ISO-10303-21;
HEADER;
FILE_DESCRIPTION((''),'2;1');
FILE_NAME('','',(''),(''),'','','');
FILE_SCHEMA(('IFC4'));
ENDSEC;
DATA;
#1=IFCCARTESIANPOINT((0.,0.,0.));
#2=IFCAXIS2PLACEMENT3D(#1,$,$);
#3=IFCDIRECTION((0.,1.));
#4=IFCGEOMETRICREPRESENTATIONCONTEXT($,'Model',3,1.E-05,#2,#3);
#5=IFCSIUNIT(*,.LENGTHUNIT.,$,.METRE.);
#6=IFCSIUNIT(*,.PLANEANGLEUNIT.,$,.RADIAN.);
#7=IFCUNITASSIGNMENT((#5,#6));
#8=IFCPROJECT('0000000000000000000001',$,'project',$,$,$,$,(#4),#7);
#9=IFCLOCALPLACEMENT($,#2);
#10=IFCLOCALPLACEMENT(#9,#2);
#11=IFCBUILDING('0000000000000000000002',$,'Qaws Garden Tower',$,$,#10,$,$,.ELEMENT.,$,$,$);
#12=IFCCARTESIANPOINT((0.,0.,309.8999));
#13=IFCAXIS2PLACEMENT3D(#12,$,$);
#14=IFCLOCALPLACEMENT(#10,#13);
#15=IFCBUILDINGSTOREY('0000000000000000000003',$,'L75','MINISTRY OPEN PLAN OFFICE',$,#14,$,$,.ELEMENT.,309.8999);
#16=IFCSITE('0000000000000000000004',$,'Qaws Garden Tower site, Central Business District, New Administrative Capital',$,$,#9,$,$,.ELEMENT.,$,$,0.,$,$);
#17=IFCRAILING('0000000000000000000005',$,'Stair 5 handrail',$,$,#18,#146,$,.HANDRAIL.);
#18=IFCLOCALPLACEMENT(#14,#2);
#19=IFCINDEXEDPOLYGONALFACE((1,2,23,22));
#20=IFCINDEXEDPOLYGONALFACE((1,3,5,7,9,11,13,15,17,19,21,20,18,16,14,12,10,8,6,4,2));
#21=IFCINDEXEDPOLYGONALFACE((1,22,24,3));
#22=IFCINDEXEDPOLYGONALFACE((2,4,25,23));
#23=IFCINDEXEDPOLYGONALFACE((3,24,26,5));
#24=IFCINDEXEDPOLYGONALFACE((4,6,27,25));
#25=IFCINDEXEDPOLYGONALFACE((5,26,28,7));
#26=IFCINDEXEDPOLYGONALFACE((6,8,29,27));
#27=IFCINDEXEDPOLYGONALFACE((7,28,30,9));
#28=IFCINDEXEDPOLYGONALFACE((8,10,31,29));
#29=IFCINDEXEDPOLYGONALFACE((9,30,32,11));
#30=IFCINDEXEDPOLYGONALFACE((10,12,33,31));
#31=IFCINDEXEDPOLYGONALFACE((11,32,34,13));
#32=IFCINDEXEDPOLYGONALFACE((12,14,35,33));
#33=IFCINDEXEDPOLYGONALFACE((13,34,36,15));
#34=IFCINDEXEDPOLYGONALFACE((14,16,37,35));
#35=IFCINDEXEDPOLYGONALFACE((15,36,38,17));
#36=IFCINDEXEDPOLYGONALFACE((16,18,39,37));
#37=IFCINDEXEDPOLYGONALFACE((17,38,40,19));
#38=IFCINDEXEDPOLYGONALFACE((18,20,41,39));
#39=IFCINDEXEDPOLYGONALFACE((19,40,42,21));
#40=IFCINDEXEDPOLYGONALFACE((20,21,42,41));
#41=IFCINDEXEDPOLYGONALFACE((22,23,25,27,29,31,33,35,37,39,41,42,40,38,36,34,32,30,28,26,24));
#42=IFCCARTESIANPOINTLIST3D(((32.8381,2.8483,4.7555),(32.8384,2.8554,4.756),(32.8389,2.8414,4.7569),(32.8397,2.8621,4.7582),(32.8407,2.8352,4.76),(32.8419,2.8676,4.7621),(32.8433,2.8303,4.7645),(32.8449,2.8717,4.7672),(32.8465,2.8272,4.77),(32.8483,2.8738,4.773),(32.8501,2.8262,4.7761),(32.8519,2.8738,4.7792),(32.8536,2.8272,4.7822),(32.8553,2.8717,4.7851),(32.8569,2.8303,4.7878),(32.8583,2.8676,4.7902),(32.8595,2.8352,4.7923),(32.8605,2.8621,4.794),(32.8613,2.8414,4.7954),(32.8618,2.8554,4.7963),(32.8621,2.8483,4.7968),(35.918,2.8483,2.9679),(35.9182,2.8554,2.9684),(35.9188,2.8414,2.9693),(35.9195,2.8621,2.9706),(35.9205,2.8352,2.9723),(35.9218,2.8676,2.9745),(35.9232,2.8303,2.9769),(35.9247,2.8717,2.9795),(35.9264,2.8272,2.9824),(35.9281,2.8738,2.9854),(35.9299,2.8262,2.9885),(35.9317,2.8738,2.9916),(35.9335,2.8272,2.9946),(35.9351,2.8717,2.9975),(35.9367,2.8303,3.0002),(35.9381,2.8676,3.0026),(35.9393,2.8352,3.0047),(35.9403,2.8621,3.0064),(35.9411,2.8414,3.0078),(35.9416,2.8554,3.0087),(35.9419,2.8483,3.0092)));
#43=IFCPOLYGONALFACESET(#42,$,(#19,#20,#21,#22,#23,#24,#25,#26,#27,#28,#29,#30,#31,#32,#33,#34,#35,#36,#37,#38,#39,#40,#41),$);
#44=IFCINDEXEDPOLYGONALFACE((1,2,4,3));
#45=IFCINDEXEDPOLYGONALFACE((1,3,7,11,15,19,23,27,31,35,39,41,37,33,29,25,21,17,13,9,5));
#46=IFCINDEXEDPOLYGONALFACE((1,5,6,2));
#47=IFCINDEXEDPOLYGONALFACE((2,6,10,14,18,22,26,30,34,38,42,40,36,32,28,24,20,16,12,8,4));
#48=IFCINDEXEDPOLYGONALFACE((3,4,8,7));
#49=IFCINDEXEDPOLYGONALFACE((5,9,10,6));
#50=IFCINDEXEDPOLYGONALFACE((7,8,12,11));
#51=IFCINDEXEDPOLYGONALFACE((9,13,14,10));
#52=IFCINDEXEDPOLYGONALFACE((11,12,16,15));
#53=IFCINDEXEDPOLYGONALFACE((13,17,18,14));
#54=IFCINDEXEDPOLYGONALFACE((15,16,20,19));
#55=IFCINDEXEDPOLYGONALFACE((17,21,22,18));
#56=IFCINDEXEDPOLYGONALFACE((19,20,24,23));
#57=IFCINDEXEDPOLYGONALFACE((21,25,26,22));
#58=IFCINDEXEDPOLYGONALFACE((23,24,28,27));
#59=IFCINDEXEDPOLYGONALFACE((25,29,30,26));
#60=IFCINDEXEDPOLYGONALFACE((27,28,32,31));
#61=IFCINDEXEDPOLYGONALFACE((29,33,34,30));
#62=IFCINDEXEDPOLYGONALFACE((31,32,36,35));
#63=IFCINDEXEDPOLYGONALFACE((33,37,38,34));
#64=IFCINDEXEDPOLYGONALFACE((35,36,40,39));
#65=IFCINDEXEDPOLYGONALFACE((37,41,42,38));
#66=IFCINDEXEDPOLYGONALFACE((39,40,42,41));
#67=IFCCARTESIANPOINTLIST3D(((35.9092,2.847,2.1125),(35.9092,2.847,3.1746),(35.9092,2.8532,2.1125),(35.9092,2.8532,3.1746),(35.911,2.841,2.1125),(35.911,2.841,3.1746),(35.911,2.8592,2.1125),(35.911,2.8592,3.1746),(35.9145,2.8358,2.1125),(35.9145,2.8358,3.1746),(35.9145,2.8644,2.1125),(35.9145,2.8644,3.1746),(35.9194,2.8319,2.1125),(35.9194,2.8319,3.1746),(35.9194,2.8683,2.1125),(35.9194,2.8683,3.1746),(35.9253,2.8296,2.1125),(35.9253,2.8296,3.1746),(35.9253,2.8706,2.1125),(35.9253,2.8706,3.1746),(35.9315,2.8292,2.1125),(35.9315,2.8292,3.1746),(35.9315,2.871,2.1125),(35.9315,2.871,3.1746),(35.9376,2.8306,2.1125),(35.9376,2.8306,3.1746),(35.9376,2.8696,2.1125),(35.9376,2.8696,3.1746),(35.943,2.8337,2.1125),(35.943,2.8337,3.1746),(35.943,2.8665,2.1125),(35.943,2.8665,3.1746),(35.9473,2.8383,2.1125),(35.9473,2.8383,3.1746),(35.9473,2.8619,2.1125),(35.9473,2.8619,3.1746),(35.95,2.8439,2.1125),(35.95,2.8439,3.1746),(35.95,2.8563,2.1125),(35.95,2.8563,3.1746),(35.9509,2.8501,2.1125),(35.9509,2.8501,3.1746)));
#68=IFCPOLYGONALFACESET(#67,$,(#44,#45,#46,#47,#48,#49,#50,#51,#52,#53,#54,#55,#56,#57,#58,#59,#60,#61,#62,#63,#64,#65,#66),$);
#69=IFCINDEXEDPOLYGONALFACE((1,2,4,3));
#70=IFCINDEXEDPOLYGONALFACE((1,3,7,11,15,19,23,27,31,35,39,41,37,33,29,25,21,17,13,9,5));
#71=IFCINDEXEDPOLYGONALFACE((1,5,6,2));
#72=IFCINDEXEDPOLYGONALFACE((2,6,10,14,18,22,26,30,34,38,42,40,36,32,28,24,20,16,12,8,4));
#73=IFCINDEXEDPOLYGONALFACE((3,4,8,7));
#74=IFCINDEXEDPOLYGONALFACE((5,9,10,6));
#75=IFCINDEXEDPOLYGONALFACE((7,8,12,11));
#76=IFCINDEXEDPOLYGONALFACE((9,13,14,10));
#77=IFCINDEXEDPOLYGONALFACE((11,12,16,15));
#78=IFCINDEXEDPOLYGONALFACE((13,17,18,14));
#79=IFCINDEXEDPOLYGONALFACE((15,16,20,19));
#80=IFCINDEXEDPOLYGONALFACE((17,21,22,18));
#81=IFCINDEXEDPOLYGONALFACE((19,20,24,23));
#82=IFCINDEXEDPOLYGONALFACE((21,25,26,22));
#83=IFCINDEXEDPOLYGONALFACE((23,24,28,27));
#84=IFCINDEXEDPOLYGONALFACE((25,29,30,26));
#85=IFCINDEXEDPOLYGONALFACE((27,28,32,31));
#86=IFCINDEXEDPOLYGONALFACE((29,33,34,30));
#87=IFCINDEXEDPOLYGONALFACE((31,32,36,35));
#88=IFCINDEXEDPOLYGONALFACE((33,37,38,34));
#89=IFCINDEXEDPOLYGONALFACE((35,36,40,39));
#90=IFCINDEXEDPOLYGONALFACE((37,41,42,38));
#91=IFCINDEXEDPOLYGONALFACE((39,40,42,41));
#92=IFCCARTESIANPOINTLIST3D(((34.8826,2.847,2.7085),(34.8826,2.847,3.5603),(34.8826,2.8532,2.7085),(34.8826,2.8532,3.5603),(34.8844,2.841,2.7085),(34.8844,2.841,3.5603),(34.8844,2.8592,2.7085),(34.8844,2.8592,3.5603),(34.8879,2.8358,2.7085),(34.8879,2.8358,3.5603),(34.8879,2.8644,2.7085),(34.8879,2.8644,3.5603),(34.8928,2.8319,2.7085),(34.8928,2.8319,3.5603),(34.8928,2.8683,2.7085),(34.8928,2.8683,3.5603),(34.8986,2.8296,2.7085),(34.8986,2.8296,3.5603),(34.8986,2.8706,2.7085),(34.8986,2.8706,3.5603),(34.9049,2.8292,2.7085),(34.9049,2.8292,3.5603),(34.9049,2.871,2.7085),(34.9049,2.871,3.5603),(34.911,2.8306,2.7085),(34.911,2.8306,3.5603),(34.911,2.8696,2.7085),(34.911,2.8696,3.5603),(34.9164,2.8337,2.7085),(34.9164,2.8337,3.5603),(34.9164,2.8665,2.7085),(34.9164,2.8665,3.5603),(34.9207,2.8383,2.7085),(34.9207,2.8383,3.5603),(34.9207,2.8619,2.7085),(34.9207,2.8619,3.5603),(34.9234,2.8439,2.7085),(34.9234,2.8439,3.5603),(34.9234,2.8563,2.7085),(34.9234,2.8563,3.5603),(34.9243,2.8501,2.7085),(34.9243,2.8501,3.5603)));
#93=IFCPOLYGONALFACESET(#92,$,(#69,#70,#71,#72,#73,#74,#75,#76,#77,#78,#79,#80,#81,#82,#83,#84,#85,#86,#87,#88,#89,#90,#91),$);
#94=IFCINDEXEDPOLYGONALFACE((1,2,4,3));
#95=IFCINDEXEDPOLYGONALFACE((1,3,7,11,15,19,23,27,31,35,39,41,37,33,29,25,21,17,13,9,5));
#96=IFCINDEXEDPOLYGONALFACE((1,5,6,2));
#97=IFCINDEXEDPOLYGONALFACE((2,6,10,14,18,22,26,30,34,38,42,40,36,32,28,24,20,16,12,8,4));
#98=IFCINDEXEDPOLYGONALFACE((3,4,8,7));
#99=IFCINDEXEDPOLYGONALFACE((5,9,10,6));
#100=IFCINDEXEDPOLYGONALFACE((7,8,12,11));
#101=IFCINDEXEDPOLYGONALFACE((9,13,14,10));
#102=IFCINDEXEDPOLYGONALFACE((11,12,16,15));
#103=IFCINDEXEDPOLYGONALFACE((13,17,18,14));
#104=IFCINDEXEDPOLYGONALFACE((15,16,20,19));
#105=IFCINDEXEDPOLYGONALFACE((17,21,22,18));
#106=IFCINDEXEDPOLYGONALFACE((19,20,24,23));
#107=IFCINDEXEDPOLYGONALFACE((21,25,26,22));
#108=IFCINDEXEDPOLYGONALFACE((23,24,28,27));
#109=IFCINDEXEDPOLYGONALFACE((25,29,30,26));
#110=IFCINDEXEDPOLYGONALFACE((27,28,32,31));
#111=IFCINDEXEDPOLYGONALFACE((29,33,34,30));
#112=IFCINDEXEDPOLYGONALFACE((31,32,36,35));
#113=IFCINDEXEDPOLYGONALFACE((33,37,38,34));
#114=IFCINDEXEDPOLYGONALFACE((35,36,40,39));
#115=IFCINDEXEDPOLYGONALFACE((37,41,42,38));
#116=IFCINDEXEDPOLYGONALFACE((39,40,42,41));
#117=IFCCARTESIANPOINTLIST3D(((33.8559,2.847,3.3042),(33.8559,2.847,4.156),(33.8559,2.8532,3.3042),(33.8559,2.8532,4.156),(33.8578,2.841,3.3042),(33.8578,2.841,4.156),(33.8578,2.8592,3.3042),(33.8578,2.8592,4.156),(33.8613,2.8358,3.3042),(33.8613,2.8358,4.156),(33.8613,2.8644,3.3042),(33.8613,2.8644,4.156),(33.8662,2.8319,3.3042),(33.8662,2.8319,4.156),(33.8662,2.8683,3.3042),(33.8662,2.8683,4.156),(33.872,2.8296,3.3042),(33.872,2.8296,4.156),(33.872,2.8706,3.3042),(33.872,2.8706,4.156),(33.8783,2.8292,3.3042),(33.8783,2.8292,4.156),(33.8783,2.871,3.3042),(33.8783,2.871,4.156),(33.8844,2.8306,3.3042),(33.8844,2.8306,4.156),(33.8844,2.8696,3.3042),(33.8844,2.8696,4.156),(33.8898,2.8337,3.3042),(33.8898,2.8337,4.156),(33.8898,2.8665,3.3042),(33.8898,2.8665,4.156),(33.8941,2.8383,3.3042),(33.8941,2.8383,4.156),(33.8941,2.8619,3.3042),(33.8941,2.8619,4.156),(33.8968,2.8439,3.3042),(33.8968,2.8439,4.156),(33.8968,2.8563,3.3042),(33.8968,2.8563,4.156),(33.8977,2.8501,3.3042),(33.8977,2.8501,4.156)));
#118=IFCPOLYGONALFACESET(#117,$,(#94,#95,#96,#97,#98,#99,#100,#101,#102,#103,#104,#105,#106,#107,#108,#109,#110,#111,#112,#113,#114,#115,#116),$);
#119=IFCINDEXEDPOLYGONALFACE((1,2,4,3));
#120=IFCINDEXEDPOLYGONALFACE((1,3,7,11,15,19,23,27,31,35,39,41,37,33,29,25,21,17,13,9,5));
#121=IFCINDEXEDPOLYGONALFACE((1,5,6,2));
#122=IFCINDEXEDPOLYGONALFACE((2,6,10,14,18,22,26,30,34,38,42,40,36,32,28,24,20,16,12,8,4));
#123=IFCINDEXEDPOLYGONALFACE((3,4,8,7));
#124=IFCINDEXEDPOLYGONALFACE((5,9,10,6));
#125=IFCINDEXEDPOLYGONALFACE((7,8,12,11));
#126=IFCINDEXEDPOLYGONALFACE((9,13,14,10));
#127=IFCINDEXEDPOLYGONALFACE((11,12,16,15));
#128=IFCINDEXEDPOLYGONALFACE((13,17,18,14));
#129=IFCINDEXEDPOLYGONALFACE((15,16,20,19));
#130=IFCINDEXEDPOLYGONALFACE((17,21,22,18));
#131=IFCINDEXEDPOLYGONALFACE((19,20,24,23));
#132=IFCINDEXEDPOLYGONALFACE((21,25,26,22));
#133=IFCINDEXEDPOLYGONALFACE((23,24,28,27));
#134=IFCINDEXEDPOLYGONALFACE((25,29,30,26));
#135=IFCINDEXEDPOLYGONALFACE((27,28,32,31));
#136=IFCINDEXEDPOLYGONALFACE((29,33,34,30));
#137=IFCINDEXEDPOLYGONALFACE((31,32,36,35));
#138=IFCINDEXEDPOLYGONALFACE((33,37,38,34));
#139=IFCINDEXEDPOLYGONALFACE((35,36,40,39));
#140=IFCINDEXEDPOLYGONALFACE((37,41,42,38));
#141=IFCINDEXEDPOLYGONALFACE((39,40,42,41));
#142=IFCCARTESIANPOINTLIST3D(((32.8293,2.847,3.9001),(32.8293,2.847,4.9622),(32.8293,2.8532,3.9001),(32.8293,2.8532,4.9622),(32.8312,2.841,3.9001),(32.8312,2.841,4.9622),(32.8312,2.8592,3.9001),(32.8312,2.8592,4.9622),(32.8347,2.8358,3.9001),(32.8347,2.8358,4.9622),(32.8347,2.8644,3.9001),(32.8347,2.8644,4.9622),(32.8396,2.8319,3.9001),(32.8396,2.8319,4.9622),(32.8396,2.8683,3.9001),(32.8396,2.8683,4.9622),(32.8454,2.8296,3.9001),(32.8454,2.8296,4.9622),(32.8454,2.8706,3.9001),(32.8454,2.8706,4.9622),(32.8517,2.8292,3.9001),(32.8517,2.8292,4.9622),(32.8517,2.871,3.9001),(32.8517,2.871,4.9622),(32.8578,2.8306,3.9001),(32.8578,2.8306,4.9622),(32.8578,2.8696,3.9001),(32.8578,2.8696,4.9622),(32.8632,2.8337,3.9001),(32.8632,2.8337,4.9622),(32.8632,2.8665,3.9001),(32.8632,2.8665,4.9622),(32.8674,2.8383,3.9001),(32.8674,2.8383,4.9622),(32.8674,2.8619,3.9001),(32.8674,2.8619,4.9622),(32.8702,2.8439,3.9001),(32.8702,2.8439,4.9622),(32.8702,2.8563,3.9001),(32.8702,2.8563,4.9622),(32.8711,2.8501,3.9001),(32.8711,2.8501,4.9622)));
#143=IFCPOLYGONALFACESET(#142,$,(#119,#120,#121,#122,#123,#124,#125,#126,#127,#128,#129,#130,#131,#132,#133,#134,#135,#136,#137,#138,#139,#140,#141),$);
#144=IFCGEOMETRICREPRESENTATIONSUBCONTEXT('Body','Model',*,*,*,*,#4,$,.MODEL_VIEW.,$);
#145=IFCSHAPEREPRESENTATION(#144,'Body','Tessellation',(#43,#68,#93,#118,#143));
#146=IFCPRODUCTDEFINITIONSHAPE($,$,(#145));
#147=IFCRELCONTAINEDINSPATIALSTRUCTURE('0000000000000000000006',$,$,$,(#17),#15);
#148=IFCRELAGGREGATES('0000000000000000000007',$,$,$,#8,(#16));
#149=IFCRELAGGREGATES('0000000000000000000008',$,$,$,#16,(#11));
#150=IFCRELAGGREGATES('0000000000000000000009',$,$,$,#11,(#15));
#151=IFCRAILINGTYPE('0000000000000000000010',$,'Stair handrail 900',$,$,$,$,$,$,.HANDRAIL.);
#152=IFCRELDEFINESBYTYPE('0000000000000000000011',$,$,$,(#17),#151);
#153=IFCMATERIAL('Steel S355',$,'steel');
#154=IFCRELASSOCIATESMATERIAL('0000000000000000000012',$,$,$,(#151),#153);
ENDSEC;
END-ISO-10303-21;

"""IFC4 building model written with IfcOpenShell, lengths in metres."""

from ifc_helpers import new_model, si_unit, direction, frame, origin, origin_2d, place, context, subcontext, project, spatial, circle, extrude, material, type_object, element, save


model = new_model("IFC4")

# Units and contexts
model_context = context("Model", 3, precision=1e-05, world=origin(), true_north=direction((0.0, 1.0)))
body_context = subcontext(model_context, "Body", "Model", "MODEL_VIEW")
ifc_project = project(units=[si_unit("LENGTHUNIT", "METRE"), si_unit("PLANEANGLEUNIT", "RADIAN")], contexts=[model_context])

# Site, building, storey
site_placement = place(None, origin())
site = spatial("IfcSite", under=ifc_project, at=site_placement, Name="Qaws Garden Tower site, Central Business District, New Administrative Capital", CompositionType="ELEMENT", RefElevation=0.0)
building_placement = place(site_placement, origin())
building = spatial("IfcBuilding", under=site, at=building_placement, Name="Qaws Garden Tower", CompositionType="ELEMENT")
storey_placement = place(building_placement, frame((0.0, 0.0, 309.8999)))
storey = spatial("IfcBuildingStorey", under=building, at=storey_placement, Name="L75", Description="MINISTRY OPEN PLAN OFFICE", CompositionType="ELEMENT", Elevation=309.8999)

# Railing
ifc_material_1 = material(Name="Steel S355", Category="steel")
railing_type = type_object("IfcRailingType", Name="Stair handrail 900", PredefinedType="HANDRAIL", material=ifc_material_1)
railing_1_placement = place(storey_placement, frame((35.9299, 2.8501, 2.1125)))
element("IfcRailing", 1, at=railing_1_placement, inside=storey, type_object=railing_type, Name="Stair 5 handrail", PredefinedType="HANDRAIL", context=body_context, shape_type="SweptSolid", body=[
    extrude(circle(Radius=0.0239, at=origin_2d()), frame((0.0, 0.0, 0.876), z_axis=(-0.864873, 0.0, 0.50199), x_axis=(0.0, -1.0, 0.0)), (0.0, 0.0, 1.0), 3.561),
    extrude(circle(Radius=0.021, at=origin_2d()), origin(), (0.0, 0.0, 1.0), 1.062),
    extrude(circle(Radius=0.021, at=origin_2d()), frame((-1.0266, 0.0, 0.5959)), (0.0, 0.0, 1.0), 0.8518),
    extrude(circle(Radius=0.021, at=origin_2d()), frame((-2.0532, 0.0, 1.1917)), (0.0, 0.0, 1.0), 0.8518),
    extrude(circle(Radius=0.021, at=origin_2d()), frame((-3.0798, 0.0, 1.7876)), (0.0, 0.0, 1.0), 1.062),
])

save(model, "model.ifc")
